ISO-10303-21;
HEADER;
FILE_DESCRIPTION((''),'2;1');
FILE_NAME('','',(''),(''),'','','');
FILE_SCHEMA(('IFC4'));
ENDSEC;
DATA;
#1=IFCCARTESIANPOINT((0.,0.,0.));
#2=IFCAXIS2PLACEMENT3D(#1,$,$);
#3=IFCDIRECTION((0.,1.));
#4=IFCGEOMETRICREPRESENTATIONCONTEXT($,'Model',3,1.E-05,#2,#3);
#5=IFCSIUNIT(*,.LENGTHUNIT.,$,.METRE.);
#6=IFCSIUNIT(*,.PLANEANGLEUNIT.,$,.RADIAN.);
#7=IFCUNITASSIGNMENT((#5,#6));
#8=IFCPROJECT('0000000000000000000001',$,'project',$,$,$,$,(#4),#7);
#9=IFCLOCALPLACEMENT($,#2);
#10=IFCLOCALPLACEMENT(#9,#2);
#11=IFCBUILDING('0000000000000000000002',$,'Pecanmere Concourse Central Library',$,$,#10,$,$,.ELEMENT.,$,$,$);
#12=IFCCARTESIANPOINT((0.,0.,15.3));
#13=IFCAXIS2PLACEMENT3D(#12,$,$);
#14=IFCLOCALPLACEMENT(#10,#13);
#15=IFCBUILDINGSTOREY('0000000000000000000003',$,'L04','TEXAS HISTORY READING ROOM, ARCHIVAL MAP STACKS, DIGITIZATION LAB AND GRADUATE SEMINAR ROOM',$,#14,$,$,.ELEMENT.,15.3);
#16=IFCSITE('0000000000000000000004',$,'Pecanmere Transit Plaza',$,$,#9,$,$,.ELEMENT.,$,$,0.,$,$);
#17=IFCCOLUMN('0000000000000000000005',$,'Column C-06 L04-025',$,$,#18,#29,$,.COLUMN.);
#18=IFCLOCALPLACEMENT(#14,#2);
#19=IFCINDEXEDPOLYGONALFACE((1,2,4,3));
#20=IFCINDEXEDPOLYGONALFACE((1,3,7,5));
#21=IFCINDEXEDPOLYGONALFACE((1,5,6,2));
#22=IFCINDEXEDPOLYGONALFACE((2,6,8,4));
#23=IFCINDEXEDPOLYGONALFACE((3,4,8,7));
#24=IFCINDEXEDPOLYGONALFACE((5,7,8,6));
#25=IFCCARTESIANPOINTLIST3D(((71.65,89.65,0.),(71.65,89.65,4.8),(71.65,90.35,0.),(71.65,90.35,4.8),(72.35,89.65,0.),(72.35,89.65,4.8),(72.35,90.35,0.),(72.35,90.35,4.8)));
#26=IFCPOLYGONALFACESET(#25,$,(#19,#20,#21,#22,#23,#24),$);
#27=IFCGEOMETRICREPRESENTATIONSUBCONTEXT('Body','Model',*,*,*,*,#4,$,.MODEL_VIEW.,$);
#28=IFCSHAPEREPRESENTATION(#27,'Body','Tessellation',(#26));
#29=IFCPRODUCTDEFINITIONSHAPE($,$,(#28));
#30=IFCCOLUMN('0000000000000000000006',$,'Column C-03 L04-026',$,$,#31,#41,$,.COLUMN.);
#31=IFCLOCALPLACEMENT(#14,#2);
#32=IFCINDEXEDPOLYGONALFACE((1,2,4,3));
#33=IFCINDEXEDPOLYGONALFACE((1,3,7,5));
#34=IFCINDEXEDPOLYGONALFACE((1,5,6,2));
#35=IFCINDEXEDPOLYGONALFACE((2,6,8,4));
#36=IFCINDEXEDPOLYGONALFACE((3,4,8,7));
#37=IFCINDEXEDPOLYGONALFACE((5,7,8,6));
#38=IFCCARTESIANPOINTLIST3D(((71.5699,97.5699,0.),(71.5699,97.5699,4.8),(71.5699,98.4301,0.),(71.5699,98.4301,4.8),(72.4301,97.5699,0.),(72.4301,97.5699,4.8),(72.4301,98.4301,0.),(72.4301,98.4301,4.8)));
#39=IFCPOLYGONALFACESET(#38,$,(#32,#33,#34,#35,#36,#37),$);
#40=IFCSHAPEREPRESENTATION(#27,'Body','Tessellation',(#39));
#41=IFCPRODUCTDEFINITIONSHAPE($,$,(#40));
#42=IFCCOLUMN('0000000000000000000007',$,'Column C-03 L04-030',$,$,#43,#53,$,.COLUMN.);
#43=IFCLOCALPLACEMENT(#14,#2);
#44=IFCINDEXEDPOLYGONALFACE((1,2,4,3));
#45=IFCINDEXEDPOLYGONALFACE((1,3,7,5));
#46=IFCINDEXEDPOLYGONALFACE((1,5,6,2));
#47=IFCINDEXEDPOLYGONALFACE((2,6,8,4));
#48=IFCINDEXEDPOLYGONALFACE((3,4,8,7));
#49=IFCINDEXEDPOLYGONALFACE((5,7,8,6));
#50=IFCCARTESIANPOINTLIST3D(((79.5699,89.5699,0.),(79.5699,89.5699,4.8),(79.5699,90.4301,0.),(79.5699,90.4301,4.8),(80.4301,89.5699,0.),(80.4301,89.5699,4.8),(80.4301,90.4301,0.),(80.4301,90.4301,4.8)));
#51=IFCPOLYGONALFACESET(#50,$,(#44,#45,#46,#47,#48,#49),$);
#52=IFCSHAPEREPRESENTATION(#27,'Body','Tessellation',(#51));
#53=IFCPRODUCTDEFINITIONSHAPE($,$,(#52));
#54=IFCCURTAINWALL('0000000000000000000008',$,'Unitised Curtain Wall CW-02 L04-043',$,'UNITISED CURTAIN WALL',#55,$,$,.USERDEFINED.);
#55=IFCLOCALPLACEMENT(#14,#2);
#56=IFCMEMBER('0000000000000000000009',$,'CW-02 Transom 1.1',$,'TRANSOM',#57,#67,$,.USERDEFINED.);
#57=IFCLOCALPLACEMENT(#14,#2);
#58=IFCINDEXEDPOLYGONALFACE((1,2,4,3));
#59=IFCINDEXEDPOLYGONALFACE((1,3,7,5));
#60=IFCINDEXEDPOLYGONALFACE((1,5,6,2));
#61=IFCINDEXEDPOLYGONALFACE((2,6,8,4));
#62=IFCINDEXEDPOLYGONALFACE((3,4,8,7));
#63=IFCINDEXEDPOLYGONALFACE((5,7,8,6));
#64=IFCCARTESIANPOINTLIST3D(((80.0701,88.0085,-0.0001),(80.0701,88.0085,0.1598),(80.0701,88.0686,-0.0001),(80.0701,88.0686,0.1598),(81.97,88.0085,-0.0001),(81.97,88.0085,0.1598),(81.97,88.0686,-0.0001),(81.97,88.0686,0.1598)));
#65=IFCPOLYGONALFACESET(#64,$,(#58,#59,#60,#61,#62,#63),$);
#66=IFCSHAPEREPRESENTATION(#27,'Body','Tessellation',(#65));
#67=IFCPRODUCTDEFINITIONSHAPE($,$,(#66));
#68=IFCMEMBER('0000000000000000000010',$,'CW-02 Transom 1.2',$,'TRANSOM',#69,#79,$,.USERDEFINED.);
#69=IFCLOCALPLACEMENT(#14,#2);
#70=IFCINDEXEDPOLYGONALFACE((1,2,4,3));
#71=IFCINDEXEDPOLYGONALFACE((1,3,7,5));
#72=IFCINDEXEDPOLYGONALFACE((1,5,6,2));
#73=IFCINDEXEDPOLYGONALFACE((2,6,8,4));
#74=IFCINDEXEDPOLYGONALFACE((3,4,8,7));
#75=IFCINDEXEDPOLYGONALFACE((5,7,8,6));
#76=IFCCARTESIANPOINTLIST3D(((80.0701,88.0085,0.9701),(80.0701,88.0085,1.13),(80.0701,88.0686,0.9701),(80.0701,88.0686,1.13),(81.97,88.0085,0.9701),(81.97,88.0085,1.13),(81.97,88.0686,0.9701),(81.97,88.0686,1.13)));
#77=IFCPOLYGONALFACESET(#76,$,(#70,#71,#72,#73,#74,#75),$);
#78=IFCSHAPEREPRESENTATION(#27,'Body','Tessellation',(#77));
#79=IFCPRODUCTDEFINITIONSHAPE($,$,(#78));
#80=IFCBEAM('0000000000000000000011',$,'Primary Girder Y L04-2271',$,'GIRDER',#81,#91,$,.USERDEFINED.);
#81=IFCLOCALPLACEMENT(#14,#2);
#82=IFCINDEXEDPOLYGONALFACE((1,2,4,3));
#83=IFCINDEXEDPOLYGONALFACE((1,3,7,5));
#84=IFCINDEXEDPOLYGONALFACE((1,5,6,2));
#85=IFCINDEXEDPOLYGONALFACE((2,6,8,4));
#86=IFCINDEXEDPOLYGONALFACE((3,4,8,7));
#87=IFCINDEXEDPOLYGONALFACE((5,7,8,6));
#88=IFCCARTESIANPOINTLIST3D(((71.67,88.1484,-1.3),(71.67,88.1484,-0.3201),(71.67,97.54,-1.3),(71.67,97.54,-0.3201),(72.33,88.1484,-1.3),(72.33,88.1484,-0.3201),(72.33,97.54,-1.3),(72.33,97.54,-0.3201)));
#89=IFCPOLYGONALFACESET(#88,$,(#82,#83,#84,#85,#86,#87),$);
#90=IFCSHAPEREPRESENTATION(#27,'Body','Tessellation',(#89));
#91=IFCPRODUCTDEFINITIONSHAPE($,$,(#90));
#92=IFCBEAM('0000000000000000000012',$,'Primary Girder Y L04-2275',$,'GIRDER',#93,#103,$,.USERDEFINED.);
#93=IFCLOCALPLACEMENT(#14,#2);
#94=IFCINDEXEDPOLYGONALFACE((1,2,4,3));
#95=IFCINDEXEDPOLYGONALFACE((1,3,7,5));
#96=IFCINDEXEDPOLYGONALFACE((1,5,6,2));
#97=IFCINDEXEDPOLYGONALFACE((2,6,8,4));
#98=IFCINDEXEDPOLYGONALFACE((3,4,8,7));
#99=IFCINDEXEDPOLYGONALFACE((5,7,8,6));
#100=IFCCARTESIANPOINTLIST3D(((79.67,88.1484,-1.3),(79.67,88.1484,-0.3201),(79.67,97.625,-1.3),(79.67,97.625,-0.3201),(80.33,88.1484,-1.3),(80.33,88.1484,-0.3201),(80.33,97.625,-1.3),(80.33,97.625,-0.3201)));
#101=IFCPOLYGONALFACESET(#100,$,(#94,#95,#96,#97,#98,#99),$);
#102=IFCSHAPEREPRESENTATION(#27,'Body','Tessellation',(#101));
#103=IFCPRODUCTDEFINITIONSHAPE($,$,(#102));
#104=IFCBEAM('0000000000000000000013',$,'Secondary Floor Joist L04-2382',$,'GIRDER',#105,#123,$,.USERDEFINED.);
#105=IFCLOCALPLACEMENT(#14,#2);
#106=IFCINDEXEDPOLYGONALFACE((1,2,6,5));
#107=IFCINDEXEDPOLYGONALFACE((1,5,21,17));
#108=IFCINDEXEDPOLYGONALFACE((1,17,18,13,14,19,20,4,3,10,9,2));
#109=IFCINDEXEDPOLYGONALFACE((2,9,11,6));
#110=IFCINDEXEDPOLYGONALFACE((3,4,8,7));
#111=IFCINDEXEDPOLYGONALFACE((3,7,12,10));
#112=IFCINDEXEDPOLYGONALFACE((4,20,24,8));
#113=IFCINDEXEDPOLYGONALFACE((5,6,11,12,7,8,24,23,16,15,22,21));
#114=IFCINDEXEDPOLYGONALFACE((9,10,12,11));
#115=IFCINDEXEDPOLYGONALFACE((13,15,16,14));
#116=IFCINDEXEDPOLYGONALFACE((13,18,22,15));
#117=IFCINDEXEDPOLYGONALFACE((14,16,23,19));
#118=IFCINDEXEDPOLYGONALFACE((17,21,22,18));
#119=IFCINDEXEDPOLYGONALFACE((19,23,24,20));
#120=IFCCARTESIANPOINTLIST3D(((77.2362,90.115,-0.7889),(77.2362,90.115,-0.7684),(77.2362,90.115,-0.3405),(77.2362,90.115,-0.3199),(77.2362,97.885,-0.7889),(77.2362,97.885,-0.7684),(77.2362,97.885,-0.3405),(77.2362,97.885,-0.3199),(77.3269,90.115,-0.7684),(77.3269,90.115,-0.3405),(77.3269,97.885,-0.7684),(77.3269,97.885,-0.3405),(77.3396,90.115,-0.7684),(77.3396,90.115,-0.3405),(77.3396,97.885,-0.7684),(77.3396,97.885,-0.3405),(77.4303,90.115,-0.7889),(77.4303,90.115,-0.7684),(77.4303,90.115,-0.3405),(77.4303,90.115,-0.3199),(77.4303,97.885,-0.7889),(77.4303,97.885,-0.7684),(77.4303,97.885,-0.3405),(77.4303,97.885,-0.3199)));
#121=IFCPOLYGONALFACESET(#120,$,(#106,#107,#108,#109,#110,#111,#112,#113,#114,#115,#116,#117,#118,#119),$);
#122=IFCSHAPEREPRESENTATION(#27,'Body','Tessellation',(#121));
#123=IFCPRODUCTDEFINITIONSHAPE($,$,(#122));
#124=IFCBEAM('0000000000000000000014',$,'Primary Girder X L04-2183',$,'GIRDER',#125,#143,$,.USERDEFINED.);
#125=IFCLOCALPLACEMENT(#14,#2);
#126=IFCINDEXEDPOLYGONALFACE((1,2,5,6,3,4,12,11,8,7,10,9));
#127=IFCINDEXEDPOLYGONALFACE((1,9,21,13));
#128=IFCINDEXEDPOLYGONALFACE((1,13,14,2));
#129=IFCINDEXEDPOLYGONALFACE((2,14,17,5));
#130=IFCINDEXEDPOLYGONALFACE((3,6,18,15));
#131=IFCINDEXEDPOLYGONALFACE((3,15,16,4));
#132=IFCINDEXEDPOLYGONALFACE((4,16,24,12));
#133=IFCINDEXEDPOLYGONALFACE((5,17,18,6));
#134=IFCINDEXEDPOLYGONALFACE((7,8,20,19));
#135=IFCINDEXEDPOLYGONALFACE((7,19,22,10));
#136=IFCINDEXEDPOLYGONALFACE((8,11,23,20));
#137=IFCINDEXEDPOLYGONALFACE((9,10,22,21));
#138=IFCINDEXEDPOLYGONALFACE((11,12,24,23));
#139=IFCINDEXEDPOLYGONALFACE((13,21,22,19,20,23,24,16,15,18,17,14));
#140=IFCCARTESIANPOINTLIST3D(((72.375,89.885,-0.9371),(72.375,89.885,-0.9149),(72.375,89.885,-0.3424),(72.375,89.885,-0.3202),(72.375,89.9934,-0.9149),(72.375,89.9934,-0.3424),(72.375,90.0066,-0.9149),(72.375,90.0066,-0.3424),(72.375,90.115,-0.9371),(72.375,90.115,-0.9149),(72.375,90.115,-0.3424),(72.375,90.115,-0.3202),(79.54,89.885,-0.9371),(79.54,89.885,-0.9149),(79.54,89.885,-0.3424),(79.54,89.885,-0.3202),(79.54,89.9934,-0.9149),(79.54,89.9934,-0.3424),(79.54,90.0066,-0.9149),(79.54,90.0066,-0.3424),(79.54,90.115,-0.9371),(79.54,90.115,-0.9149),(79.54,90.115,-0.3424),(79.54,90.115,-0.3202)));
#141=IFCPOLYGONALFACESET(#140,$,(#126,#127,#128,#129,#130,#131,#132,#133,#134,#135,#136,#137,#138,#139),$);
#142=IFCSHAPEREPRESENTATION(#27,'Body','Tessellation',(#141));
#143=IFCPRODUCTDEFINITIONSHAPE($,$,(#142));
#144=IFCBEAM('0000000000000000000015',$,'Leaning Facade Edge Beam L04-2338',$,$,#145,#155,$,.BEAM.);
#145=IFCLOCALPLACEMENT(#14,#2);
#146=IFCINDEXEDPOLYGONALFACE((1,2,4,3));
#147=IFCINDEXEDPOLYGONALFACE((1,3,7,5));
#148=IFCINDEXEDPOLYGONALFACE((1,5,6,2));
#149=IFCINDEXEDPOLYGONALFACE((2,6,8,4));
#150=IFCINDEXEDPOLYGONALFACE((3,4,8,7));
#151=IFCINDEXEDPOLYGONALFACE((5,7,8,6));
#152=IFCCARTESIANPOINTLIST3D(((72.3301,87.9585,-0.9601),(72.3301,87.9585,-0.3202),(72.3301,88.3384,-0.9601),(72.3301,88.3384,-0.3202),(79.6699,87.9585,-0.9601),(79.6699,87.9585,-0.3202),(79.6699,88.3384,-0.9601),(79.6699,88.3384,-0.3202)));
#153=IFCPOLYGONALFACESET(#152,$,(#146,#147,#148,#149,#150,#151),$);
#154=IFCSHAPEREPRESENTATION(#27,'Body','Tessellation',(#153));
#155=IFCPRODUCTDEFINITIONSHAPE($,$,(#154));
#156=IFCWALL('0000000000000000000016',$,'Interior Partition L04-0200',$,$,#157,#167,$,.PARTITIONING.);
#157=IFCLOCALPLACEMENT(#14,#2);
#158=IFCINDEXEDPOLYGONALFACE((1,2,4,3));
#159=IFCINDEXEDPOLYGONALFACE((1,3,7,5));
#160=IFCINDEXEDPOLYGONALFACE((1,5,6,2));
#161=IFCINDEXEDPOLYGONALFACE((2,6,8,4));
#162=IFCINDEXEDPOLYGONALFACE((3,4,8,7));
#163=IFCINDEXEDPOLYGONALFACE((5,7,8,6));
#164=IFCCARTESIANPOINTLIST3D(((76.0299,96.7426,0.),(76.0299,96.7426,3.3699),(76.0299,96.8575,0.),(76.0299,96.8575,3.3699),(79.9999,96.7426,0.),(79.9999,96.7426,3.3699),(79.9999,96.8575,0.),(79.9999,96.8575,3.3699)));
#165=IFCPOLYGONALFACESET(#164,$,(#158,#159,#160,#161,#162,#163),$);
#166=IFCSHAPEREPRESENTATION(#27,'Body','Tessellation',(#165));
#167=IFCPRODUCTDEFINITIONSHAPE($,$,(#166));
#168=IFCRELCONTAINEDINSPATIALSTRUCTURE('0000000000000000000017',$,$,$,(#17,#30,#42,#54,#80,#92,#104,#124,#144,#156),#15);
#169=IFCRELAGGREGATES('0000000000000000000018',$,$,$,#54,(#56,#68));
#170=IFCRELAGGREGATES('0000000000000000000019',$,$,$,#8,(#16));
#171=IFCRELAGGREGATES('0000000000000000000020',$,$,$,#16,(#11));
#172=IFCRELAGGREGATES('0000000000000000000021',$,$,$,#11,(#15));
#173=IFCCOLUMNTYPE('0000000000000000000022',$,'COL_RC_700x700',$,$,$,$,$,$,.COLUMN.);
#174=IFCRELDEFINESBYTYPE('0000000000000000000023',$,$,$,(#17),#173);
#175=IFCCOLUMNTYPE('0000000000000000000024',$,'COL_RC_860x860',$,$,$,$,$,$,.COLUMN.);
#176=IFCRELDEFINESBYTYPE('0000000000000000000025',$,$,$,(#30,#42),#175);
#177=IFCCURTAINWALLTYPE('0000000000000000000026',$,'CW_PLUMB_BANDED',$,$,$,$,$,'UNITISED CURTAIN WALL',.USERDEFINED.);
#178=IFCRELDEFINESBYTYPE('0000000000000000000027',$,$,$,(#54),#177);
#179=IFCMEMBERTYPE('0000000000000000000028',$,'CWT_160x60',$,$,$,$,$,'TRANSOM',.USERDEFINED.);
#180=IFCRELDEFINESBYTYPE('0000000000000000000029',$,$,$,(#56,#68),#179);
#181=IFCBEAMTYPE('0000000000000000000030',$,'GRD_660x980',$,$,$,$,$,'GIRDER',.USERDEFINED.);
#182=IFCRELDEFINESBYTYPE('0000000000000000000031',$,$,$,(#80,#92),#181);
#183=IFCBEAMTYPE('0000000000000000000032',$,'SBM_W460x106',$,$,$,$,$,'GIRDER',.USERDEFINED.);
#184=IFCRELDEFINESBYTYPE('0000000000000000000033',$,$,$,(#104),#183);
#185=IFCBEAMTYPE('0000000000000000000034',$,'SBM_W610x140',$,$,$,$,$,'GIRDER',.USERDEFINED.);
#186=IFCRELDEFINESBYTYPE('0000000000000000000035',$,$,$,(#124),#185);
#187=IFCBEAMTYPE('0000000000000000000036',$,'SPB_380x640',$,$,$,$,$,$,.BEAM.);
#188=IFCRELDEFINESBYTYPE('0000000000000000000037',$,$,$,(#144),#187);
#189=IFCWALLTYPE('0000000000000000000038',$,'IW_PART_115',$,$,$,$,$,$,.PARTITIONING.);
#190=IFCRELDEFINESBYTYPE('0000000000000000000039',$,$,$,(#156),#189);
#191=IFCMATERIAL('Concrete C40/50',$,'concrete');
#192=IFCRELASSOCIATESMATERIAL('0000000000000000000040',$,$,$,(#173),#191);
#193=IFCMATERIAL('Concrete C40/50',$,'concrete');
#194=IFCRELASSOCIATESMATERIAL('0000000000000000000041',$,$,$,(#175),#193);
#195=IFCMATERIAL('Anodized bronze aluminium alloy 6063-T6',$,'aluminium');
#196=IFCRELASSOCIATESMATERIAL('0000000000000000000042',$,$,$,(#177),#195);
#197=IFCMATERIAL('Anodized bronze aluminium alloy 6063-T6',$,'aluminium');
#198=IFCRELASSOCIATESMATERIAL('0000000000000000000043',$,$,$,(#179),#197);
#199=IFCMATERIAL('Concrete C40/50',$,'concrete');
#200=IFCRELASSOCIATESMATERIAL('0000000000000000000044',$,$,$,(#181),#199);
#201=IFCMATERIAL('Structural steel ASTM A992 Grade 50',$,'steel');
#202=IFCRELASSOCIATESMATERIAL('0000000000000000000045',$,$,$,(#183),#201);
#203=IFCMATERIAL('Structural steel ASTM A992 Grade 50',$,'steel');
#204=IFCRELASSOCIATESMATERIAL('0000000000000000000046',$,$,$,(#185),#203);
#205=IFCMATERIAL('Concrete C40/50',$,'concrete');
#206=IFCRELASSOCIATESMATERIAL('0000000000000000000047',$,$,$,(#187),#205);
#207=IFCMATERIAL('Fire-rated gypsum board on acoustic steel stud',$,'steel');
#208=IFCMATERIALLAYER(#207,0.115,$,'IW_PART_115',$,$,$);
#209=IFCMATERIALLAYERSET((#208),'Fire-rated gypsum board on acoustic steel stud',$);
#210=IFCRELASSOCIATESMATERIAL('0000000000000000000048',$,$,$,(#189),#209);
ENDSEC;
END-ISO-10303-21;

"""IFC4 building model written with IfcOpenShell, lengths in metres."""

from ifc_helpers import new_model, si_unit, direction, frame, frame_2d, origin, origin_2d, place, context, subcontext, project, spatial, rectangle, i_section, extrude, material, layer, layer_set, material_profile, profile_set, type_object, element, aggregate, save


model = new_model("IFC4")

# Units and contexts
model_context = context("Model", 3, precision=1e-05, world=origin(), true_north=direction((0.0, 1.0)))
body_context = subcontext(model_context, "Body", "Model", "MODEL_VIEW")
ifc_project = project(units=[si_unit("LENGTHUNIT", "METRE"), si_unit("PLANEANGLEUNIT", "RADIAN")], contexts=[model_context])

# Site, building, storey
site_placement = place(None, origin())
site = spatial("IfcSite", under=ifc_project, at=site_placement, Name="Pecanmere Transit Plaza", CompositionType="ELEMENT", RefElevation=0.0)
building_placement = place(site_placement, origin())
building = spatial("IfcBuilding", under=site, at=building_placement, Name="Pecanmere Concourse Central Library", CompositionType="ELEMENT")
storey_placement = place(building_placement, frame((0.0, 0.0, 15.3)))
storey = spatial("IfcBuildingStorey", under=building, at=storey_placement, Name="L04", Description="TEXAS HISTORY READING ROOM, ARCHIVAL MAP STACKS, DIGITIZATION LAB AND GRADUATE SEMINAR ROOM", CompositionType="ELEMENT", Elevation=15.3)

# Columns
ifc_material_1 = material(Name="Concrete C40/50", Category="concrete")
ifc_material_profile_1 = material_profile(ifc_material_1, rectangle(XDim=0.7, YDim=0.7, at=origin_2d()), Name="RC 700x700")
ifc_profile_set_1 = profile_set([ifc_material_profile_1], Name="Concrete C40/50")
column_type_1 = type_object("IfcColumnType", Name="COL_RC_700x700", PredefinedType="COLUMN", material=ifc_profile_set_1)
column_placement = place(storey_placement, frame((72.0, 90.0, 0.0), z_axis=(0.0, 0.0, 1.0), x_axis=(1.0, 0.0, 0.0)))
element("IfcColumn", 1, at=column_placement, inside=storey, type_object=column_type_1, Name="Column C-06 L04-025", PredefinedType="COLUMN", context=body_context, shape_type="SweptSolid", body=[
    extrude(rectangle(XDim=0.7, YDim=0.7, at=origin_2d()), origin(), (0.0, 0.0, 1.0), 4.8),
])
ifc_material_2 = material(Name="Concrete C40/50", Category="concrete")
ifc_material_profile_2 = material_profile(ifc_material_2, rectangle(XDim=0.8601, YDim=0.8601, at=origin_2d()), Name="RC 860x860")
ifc_profile_set_2 = profile_set([ifc_material_profile_2], Name="Concrete C40/50")
column_type_2 = type_object("IfcColumnType", Name="COL_RC_860x860", PredefinedType="COLUMN", material=ifc_profile_set_2)
for number, where, z_axis, x_axis, name in (
    (2, (72.0, 98.0, 0.0), (0.0, 0.0, 1.0), (1.0, 0.0, 0.0), "Column C-03 L04-026"),
    (3, (80.0, 90.0, 0.0), (0.0, 0.0, 1.0), (1.0, 0.0, 0.0), "Column C-03 L04-030"),
):
    element("IfcColumn", number, at=place(storey_placement, frame(where, z_axis=z_axis, x_axis=x_axis)), inside=storey, type_object=column_type_2, Name=name, PredefinedType="COLUMN", context=body_context, shape_type="SweptSolid", body=[
        extrude(rectangle(XDim=0.8601, YDim=0.8601, at=origin_2d()), origin(), (0.0, 0.0, 1.0), 4.8),
    ])

# Curtain wall, members
ifc_material_3 = material(Name="Anodized bronze aluminium alloy 6063-T6", Category="aluminium")
curtain_wall_type = type_object("IfcCurtainWallType", Name="CW_PLUMB_BANDED", ElementType="UNITISED CURTAIN WALL", PredefinedType="USERDEFINED", material=ifc_material_3)
curtain_wall_placement = place(storey_placement, origin())
curtain_wall = element("IfcCurtainWall", 4, at=curtain_wall_placement, inside=storey, type_object=curtain_wall_type, Name="Unitised Curtain Wall CW-02 L04-043", ObjectType="UNITISED CURTAIN WALL", PredefinedType="USERDEFINED")
ifc_material_4 = material(Name="Anodized bronze aluminium alloy 6063-T6", Category="aluminium")
ifc_material_profile_3 = material_profile(ifc_material_4, rectangle(XDim=0.0601, YDim=0.1599, at=origin_2d()), Name="AL 60x160")
ifc_profile_set_3 = profile_set([ifc_material_profile_3], Name="Anodized bronze aluminium alloy 6063-T6")
member_type = type_object("IfcMemberType", Name="CWT_160x60", ElementType="TRANSOM", PredefinedType="USERDEFINED", material=ifc_profile_set_3)
member_1_placement = place(storey_placement, frame((80.0701, 88.0386, 0.0798), z_axis=(1.0, 0.0, 0.0), x_axis=(0.0, 1.0, 0.0)))
member_1 = element("IfcMember", 5, at=member_1_placement, type_object=member_type, Name="CW-02 Transom 1.1", ObjectType="TRANSOM", PredefinedType="USERDEFINED", context=body_context, shape_type="SweptSolid", body=[
    extrude(rectangle(XDim=0.0601, YDim=0.1599, at=origin_2d()), origin(), (0.0, 0.0, 1.0), 1.8999),
])
member_2_placement = place(storey_placement, frame((80.0701, 88.0386, 1.05), z_axis=(1.0, 0.0, 0.0), x_axis=(0.0, 1.0, 0.0)))
member_2 = element("IfcMember", 6, at=member_2_placement, type_object=member_type, Name="CW-02 Transom 1.2", ObjectType="TRANSOM", PredefinedType="USERDEFINED", context=body_context, shape_type="SweptSolid", body=[
    extrude(rectangle(XDim=0.0601, YDim=0.1599, at=origin_2d()), origin(), (0.0, 0.0, 1.0), 1.8999),
])
aggregate(curtain_wall, [member_1, member_2])

# Beams
ifc_material_5 = material(Name="Concrete C40/50", Category="concrete")
ifc_material_profile_4 = material_profile(ifc_material_5, rectangle(XDim=0.6599, YDim=0.98, at=origin_2d()), Name="RC 660x980")
ifc_profile_set_4 = profile_set([ifc_material_profile_4], Name="Concrete C40/50")
beam_type_1 = type_object("IfcBeamType", Name="GRD_660x980", ElementType="GIRDER", PredefinedType="USERDEFINED", material=ifc_profile_set_4)
beam_1_placement = place(storey_placement, frame((72.0, 88.1484, -0.8101), z_axis=(0.0, 1.0, 0.0), x_axis=(-1.0, 0.0, 0.0)))
element("IfcBeam", 7, at=beam_1_placement, inside=storey, type_object=beam_type_1, Name="Primary Girder Y L04-2271", ObjectType="GIRDER", PredefinedType="USERDEFINED", context=body_context, shape_type="SweptSolid", body=[
    extrude(rectangle(XDim=0.6599, YDim=0.98, at=origin_2d()), origin(), (0.0, 0.0, 1.0), 9.3916),
])
beam_2_placement = place(storey_placement, frame((80.0, 88.1484, -0.8101), z_axis=(0.0, 1.0, 0.0), x_axis=(-1.0, 0.0, 0.0)))
element("IfcBeam", 8, at=beam_2_placement, inside=storey, type_object=beam_type_1, Name="Primary Girder Y L04-2275", ObjectType="GIRDER", PredefinedType="USERDEFINED", context=body_context, shape_type="SweptSolid", body=[
    extrude(rectangle(XDim=0.6599, YDim=0.98, at=origin_2d()), origin(), (0.0, 0.0, 1.0), 9.4766),
])
ifc_material_6 = material(Name="Structural steel ASTM A992 Grade 50", Category="steel")
ifc_material_profile_5 = material_profile(ifc_material_6, i_section(OverallWidth=0.1941, OverallDepth=0.469, WebThickness=0.0127, FlangeThickness=0.0205, at=origin_2d()), Name="W460x106")
ifc_profile_set_5 = profile_set([ifc_material_profile_5], Name="Structural steel ASTM A992 Grade 50")
beam_type_2 = type_object("IfcBeamType", Name="SBM_W460x106", ElementType="GIRDER", PredefinedType="USERDEFINED", material=ifc_profile_set_5)
beam_3_placement = place(storey_placement, frame((77.3333, 90.115, -0.5544), z_axis=(0.0, 1.0, 0.0), x_axis=(-1.0, 0.0, 0.0)))
element("IfcBeam", 9, at=beam_3_placement, inside=storey, type_object=beam_type_2, Name="Secondary Floor Joist L04-2382", ObjectType="GIRDER", PredefinedType="USERDEFINED", context=body_context, shape_type="SweptSolid", body=[
    extrude(i_section(OverallWidth=0.1941, OverallDepth=0.469, WebThickness=0.0127, FlangeThickness=0.0205, at=origin_2d()), origin(), (0.0, 0.0, 1.0), 7.77),
])
ifc_material_7 = material(Name="Structural steel ASTM A992 Grade 50", Category="steel")
ifc_material_profile_6 = material_profile(ifc_material_7, i_section(OverallWidth=0.23, OverallDepth=0.6169, WebThickness=0.0132, FlangeThickness=0.0222, at=origin_2d()), Name="W610x140")
ifc_profile_set_6 = profile_set([ifc_material_profile_6], Name="Structural steel ASTM A992 Grade 50")
beam_type_3 = type_object("IfcBeamType", Name="SBM_W610x140", ElementType="GIRDER", PredefinedType="USERDEFINED", material=ifc_profile_set_6)
beam_4_placement = place(storey_placement, frame((72.375, 90.0, -0.6287), z_axis=(1.0, 0.0, 0.0), x_axis=(0.0, 1.0, 0.0)))
element("IfcBeam", 10, at=beam_4_placement, inside=storey, type_object=beam_type_3, Name="Primary Girder X L04-2183", ObjectType="GIRDER", PredefinedType="USERDEFINED", context=body_context, shape_type="SweptSolid", body=[
    extrude(i_section(OverallWidth=0.23, OverallDepth=0.6169, WebThickness=0.0132, FlangeThickness=0.0222, at=origin_2d()), origin(), (0.0, 0.0, 1.0), 7.165),
])
ifc_material_8 = material(Name="Concrete C40/50", Category="concrete")
ifc_material_profile_7 = material_profile(ifc_material_8, rectangle(XDim=0.3799, YDim=0.6399, at=origin_2d()), Name="RC 380x640")
ifc_profile_set_7 = profile_set([ifc_material_profile_7], Name="Concrete C40/50")
beam_type_4 = type_object("IfcBeamType", Name="SPB_380x640", PredefinedType="BEAM", material=ifc_profile_set_7)
beam_5_placement = place(storey_placement, frame((72.3301, 88.1484, -0.6401), z_axis=(1.0, 0.0, 0.0), x_axis=(0.0, 1.0, 0.0)))
element("IfcBeam", 11, at=beam_5_placement, inside=storey, type_object=beam_type_4, Name="Leaning Facade Edge Beam L04-2338", PredefinedType="BEAM", context=body_context, shape_type="SweptSolid", body=[
    extrude(rectangle(XDim=0.3799, YDim=0.6399, at=origin_2d()), origin(), (0.0, 0.0, 1.0), 7.3398),
])

# Wall
ifc_material_9 = material(Name="Fire-rated gypsum board on acoustic steel stud", Category="steel")
ifc_layer_1 = layer(ifc_material_9, 0.115, Name="IW_PART_115")
ifc_layer_set_1 = layer_set([ifc_layer_1], Name="Fire-rated gypsum board on acoustic steel stud")
wall_type_1 = type_object("IfcWallType", Name="IW_PART_115", PredefinedType="PARTITIONING", material=ifc_layer_set_1)
wall_1_placement = place(storey_placement, frame((76.03, 96.8, 0.0), z_axis=(0.0, 0.0, 1.0), x_axis=(1.0, 0.0, 0.0)))
element("IfcWall", 12, at=wall_1_placement, inside=storey, type_object=wall_type_1, Name="Interior Partition L04-0200", PredefinedType="PARTITIONING", context=body_context, shape_type="SweptSolid", body=[
    extrude(rectangle(XDim=3.97, YDim=0.115, at=frame_2d((1.9849, 0.0))), origin(), (0.0, 0.0, 1.0), 3.3699),
])

save(model, "model.ifc")
